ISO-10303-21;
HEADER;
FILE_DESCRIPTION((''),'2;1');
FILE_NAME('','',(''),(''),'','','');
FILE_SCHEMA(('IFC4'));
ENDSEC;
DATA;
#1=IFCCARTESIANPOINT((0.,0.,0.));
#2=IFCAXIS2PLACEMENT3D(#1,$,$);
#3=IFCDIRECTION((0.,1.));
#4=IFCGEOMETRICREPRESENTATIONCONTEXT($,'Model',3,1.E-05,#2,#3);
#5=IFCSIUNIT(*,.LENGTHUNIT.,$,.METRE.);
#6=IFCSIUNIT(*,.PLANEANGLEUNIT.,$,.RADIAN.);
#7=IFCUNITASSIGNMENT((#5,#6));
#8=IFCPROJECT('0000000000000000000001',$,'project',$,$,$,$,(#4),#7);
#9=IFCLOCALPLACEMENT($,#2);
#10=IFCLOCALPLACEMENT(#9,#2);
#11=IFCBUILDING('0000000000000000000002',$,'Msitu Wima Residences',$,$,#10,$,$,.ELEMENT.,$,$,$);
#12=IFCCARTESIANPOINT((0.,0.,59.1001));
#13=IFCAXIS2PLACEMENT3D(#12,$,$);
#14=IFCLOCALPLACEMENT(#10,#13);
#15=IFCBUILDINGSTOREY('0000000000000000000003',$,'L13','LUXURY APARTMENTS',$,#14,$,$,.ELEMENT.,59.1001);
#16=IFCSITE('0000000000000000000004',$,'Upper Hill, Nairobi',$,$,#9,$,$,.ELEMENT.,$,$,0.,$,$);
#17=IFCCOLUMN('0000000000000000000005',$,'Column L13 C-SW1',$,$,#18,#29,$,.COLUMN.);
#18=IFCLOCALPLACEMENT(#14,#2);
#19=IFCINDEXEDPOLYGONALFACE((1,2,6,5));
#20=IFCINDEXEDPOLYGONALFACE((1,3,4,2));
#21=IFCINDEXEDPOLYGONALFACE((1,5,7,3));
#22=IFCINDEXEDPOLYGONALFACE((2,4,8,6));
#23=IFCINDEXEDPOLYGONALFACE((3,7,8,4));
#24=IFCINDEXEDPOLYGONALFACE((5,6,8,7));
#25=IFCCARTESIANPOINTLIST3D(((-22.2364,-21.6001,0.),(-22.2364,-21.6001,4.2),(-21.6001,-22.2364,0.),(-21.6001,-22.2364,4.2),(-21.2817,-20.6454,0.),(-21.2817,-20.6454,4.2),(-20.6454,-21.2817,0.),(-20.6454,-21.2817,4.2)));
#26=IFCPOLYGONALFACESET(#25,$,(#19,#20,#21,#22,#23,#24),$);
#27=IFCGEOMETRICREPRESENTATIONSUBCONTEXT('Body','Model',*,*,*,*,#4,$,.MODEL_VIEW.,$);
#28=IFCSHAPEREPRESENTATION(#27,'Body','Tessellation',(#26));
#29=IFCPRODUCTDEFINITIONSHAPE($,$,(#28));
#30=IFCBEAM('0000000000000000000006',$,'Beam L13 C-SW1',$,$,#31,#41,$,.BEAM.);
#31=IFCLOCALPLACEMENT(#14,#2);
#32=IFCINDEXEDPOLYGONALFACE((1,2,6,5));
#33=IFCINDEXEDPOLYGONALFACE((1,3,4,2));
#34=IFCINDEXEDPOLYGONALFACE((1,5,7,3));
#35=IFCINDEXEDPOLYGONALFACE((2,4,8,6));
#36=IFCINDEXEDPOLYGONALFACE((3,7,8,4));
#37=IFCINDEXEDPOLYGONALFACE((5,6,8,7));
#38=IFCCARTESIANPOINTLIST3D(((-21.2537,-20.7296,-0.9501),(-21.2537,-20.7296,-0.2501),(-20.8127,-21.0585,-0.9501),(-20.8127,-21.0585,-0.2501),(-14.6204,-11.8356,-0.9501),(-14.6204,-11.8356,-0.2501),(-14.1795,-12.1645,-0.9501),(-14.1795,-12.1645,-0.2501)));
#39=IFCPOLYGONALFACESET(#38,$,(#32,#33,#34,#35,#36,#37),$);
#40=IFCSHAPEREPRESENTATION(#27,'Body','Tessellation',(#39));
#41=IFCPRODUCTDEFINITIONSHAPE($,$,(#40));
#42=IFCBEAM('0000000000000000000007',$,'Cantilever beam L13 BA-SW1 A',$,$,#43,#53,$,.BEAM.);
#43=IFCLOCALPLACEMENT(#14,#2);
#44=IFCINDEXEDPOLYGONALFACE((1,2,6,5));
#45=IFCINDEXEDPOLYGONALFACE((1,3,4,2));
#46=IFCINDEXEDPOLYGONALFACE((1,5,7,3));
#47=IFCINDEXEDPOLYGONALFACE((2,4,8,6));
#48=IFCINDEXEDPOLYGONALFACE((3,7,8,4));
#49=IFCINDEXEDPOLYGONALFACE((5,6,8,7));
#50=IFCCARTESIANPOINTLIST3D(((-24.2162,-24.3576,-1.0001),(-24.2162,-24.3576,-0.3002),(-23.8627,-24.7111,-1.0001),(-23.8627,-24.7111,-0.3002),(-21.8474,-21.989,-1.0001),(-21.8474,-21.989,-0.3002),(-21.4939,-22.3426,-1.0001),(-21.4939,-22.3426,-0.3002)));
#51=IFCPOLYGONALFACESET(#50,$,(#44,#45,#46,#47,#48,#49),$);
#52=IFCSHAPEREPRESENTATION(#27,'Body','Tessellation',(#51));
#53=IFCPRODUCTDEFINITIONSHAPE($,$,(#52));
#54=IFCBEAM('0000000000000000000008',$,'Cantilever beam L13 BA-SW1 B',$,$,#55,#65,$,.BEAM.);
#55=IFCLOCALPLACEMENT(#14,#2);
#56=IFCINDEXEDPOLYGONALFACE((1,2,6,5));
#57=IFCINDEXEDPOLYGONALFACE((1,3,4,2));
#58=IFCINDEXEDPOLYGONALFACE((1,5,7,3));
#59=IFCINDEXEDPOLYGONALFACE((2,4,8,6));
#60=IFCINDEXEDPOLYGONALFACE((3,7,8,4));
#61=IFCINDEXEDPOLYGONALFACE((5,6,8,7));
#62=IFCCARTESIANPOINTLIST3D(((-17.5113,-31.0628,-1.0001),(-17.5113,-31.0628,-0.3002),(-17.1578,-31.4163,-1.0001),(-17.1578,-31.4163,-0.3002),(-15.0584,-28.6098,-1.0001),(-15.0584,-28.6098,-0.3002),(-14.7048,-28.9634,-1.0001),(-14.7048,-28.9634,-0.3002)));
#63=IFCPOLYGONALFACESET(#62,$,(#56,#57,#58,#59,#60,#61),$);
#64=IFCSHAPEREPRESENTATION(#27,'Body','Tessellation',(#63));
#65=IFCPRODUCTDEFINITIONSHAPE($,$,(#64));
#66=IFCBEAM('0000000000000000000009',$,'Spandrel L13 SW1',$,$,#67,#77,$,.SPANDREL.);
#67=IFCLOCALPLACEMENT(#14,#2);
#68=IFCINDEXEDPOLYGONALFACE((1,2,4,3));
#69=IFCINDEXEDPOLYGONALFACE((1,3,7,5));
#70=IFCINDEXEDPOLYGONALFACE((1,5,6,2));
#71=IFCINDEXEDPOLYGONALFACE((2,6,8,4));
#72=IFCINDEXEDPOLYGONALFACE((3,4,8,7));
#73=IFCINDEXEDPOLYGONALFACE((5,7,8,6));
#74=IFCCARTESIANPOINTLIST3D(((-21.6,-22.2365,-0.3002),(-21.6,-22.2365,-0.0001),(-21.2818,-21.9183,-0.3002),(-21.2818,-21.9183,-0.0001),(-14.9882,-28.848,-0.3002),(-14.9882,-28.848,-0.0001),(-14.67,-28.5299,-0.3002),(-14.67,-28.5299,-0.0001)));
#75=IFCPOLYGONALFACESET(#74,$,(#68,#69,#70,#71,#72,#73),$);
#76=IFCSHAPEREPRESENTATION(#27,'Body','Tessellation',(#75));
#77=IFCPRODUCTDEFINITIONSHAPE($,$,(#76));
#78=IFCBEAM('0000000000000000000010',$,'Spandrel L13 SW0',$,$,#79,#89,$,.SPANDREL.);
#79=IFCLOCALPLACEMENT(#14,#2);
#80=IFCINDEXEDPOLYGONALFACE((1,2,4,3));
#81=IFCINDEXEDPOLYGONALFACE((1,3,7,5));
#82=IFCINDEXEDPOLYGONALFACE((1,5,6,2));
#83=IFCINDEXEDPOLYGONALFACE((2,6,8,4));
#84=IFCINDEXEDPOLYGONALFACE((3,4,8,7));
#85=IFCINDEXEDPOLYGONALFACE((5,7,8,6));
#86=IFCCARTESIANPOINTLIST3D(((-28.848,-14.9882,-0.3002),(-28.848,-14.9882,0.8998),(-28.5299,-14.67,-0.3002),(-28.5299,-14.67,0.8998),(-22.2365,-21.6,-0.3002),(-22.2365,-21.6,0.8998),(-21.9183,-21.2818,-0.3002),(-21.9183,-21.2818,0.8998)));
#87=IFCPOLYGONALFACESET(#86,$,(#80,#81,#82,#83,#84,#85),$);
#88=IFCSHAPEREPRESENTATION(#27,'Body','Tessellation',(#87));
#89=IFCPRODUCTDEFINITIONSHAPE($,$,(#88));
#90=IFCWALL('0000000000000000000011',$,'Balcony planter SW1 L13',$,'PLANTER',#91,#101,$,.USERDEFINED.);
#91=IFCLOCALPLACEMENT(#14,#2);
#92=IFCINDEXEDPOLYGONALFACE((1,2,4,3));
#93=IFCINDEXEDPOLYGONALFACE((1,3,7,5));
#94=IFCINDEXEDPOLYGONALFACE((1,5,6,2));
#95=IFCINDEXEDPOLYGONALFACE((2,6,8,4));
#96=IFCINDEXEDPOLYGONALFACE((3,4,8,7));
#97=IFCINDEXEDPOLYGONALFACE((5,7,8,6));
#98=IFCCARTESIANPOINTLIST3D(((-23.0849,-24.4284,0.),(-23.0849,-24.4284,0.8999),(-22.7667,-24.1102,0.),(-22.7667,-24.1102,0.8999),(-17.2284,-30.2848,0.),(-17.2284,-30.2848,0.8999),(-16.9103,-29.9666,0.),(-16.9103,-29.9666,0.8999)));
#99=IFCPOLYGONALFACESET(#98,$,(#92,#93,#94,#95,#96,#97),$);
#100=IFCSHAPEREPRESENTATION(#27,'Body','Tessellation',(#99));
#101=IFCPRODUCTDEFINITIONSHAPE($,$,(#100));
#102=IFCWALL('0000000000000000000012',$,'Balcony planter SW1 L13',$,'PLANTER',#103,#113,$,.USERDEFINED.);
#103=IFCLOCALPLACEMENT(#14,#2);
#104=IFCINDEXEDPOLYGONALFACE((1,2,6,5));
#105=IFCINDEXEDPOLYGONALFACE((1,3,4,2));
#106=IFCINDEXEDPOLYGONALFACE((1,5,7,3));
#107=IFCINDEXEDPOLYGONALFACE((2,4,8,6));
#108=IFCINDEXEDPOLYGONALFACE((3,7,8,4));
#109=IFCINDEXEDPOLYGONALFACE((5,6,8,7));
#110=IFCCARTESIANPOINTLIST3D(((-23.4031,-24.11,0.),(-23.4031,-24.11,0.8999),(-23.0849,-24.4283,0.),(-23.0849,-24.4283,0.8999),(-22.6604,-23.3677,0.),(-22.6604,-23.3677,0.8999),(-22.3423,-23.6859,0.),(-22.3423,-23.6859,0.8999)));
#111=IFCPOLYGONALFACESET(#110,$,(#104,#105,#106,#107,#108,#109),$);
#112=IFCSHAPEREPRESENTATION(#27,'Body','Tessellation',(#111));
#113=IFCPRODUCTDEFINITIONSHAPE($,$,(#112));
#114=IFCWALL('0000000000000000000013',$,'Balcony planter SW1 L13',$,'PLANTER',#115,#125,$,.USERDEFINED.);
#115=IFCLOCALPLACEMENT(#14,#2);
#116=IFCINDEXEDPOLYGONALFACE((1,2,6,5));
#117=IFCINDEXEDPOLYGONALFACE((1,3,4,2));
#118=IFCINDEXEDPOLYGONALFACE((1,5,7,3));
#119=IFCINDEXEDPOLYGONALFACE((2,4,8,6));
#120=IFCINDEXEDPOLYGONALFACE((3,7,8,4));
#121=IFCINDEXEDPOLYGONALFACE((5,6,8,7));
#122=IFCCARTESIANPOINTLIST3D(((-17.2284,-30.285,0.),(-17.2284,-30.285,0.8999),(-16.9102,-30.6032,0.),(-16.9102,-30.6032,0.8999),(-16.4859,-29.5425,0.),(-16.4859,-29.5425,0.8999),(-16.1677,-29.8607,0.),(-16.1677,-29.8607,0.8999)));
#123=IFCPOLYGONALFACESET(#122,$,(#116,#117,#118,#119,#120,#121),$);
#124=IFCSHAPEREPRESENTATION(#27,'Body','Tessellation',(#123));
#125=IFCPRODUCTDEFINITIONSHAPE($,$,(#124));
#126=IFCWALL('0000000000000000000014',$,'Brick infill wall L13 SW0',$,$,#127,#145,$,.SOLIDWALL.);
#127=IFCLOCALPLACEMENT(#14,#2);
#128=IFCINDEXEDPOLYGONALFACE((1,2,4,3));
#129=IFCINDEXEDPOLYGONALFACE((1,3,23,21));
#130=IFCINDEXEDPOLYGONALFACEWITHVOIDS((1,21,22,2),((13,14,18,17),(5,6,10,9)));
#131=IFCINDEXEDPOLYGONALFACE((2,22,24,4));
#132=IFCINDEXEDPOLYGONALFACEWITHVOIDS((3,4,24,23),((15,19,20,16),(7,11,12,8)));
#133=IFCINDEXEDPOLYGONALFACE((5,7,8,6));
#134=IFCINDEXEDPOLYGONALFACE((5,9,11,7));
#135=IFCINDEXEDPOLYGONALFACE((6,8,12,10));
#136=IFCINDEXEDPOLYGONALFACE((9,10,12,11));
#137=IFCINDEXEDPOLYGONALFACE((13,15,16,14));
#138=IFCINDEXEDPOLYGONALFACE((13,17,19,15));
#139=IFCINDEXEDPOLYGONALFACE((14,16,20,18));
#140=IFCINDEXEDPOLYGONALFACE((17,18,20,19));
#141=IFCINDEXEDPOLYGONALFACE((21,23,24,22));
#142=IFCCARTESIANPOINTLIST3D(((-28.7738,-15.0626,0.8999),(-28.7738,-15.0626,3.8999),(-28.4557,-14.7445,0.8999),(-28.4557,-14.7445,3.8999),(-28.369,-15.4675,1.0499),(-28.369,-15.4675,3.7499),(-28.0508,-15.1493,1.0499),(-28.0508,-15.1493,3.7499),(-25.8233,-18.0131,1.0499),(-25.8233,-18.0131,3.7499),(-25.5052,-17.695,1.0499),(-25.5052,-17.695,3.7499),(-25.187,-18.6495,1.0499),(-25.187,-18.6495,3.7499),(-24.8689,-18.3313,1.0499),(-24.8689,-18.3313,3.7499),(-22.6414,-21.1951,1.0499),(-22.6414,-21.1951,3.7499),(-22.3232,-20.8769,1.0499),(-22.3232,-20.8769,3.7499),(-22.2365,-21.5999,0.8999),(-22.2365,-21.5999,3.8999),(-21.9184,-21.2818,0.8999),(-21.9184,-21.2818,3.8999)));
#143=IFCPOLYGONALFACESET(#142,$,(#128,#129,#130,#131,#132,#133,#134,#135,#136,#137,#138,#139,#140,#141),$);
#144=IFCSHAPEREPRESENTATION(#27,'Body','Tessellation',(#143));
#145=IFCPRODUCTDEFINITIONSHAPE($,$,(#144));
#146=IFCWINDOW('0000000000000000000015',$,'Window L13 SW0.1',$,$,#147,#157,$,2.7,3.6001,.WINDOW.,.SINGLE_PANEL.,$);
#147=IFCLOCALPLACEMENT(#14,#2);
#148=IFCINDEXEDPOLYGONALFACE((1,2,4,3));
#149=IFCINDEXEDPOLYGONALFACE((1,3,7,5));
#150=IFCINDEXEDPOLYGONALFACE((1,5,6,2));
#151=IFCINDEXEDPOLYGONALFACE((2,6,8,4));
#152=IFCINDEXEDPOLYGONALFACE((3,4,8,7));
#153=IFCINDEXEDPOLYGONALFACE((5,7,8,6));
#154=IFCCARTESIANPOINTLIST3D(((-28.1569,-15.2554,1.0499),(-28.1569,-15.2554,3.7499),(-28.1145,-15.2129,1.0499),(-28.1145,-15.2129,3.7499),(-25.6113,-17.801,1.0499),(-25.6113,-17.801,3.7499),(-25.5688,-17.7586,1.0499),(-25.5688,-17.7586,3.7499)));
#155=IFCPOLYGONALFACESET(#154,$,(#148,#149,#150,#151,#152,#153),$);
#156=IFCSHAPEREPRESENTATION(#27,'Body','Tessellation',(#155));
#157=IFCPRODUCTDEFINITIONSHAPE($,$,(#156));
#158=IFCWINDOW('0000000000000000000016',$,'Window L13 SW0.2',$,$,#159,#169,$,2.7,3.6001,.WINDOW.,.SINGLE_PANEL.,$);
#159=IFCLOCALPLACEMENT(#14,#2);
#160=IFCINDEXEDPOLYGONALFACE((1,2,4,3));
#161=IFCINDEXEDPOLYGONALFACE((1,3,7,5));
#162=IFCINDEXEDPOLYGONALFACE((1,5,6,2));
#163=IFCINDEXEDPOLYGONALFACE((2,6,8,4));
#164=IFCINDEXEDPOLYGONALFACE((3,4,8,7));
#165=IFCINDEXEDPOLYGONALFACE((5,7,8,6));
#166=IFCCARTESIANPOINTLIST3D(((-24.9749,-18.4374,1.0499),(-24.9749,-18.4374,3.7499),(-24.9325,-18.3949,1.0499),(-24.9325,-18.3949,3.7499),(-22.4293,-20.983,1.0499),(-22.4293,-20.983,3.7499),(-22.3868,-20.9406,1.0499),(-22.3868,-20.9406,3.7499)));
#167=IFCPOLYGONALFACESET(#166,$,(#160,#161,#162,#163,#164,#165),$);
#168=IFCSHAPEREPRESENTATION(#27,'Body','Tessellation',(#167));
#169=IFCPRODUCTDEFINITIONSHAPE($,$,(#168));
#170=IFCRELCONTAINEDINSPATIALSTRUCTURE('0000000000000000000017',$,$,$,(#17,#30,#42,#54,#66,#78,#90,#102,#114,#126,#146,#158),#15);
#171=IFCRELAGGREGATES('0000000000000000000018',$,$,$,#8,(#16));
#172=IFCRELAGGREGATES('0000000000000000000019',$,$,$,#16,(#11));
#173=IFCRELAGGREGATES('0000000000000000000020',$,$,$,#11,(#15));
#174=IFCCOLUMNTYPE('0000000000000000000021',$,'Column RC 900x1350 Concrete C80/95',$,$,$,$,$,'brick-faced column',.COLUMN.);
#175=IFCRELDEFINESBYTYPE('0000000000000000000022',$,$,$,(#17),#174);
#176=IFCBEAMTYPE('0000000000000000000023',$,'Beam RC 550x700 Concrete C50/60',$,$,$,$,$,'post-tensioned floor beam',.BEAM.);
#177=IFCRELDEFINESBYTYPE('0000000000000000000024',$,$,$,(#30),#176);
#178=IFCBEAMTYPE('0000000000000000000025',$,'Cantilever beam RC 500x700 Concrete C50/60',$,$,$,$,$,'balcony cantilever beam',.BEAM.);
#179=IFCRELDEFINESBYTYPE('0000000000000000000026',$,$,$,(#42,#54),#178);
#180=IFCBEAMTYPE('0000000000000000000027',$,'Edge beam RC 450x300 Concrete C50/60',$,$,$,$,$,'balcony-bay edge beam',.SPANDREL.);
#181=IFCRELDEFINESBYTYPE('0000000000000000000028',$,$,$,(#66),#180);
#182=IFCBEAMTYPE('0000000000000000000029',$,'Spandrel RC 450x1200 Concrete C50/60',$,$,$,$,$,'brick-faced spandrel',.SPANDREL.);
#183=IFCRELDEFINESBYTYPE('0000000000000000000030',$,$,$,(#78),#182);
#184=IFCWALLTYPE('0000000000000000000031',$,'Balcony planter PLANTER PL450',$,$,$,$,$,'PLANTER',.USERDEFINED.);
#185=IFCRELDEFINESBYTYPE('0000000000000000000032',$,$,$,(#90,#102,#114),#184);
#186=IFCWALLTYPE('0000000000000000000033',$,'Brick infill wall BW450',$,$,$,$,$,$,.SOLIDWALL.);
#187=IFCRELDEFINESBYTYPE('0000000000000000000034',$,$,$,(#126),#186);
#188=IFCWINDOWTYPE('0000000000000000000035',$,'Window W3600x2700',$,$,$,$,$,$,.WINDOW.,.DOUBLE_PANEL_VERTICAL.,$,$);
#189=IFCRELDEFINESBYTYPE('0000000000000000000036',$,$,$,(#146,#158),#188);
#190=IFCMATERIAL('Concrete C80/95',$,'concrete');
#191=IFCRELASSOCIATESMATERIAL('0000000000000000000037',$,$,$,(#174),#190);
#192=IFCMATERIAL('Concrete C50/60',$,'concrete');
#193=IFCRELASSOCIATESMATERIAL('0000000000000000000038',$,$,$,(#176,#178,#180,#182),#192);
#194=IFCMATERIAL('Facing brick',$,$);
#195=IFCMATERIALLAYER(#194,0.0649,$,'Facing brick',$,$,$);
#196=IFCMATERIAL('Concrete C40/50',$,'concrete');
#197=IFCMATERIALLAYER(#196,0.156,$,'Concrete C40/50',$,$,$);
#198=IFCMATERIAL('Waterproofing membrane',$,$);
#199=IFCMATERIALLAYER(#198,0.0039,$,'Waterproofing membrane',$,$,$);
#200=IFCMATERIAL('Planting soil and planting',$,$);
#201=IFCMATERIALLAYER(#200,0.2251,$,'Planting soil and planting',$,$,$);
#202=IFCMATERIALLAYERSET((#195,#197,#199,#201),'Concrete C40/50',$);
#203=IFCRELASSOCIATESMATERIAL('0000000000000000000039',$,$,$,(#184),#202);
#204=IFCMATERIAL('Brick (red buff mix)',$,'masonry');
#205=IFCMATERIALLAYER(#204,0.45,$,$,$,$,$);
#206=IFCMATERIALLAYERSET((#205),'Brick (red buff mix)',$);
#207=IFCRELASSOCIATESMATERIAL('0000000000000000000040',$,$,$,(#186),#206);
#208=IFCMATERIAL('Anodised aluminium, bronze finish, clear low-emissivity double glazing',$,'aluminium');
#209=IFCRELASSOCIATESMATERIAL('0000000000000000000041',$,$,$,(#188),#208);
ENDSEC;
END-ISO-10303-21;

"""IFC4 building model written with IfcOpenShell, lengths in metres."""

from ifc_helpers import new_model, si_unit, direction, frame, frame_2d, origin, origin_2d, place, context, subcontext, project, spatial, rectangle, extrude, material, layer, layer_set, material_profile, profile_set, type_object, element, fill, save


model = new_model("IFC4")

# Units and contexts
model_context = context("Model", 3, precision=1e-05, world=origin(), true_north=direction((0.0, 1.0)))
body_context = subcontext(model_context, "Body", "Model", "MODEL_VIEW")
ifc_project = project(units=[si_unit("LENGTHUNIT", "METRE"), si_unit("PLANEANGLEUNIT", "RADIAN")], contexts=[model_context])

# Site, building, storey
site_placement = place(None, origin())
site = spatial("IfcSite", under=ifc_project, at=site_placement, Name="Upper Hill, Nairobi", CompositionType="ELEMENT", RefElevation=0.0)
building_placement = place(site_placement, origin())
building = spatial("IfcBuilding", under=site, at=building_placement, Name="Msitu Wima Residences", CompositionType="ELEMENT")
storey_placement = place(building_placement, frame((0.0, 0.0, 59.1001)))
storey = spatial("IfcBuildingStorey", under=building, at=storey_placement, Name="L13", Description="LUXURY APARTMENTS", CompositionType="ELEMENT", Elevation=59.1001)

# Column
ifc_material_1 = material(Name="Concrete C80/95", Category="concrete")
ifc_material_profile_1 = material_profile(ifc_material_1, rectangle(XDim=0.8999, YDim=1.3501, at=origin_2d()), Name="RC 900x1350")
ifc_profile_set_1 = profile_set([ifc_material_profile_1], Name="Concrete C80/95")
column_type = type_object("IfcColumnType", Name="Column RC 900x1350 Concrete C80/95", ElementType="brick-faced column", PredefinedType="COLUMN", material=ifc_profile_set_1)
column_placement = place(storey_placement, frame((-21.4409, -21.4409, 0.0), z_axis=(0.0, 0.0, 1.0), x_axis=(0.707107, -0.707107, 0.0)))
element("IfcColumn", 1, at=column_placement, inside=storey, type_object=column_type, Name="Column L13 C-SW1", PredefinedType="COLUMN", context=body_context, shape_type="SweptSolid", body=[
    extrude(rectangle(XDim=0.8999, YDim=1.3501, at=origin_2d()), origin(), (0.0, 0.0, 1.0), 4.2),
])

# Beams
ifc_material_2 = material(Name="Concrete C50/60", Category="concrete")
ifc_material_profile_2 = material_profile(ifc_material_2, rectangle(XDim=0.55, YDim=0.7, at=origin_2d()), Name="RC 550x700")
ifc_profile_set_2 = profile_set([ifc_material_profile_2], Name="Concrete C50/60")
beam_type_1 = type_object("IfcBeamType", Name="Beam RC 550x700 Concrete C50/60", ElementType="post-tensioned floor beam", PredefinedType="BEAM", material=ifc_profile_set_2)
beam_1_placement = place(storey_placement, frame((-21.0332, -20.894, -0.6001), z_axis=(0.59785, 0.801608, 0.0), x_axis=(-0.801608, 0.59785, 0.0)))
element("IfcBeam", 2, at=beam_1_placement, inside=storey, type_object=beam_type_1, Name="Beam L13 C-SW1", PredefinedType="BEAM", context=body_context, shape_type="SweptSolid", body=[
    extrude(rectangle(XDim=0.55, YDim=0.7, at=origin_2d()), origin(), (0.0, 0.0, 1.0), 11.0952),
])
ifc_material_profile_3 = material_profile(ifc_material_2, rectangle(XDim=0.5, YDim=0.7, at=origin_2d()), Name="RC 500x700")
ifc_profile_set_3 = profile_set([ifc_material_profile_3], Name="Concrete C50/60")
beam_type_2 = type_object("IfcBeamType", Name="Cantilever beam RC 500x700 Concrete C50/60", ElementType="balcony cantilever beam", PredefinedType="BEAM", material=ifc_profile_set_3)
beam_2_placement = place(storey_placement, frame((-21.6707, -22.1658, -0.6501), z_axis=(-0.707143, -0.70707, 0.0), x_axis=(0.70707, -0.707143, 0.0)))
element("IfcBeam", 3, at=beam_2_placement, inside=storey, type_object=beam_type_2, Name="Cantilever beam L13 BA-SW1 A", PredefinedType="BEAM", context=body_context, shape_type="SweptSolid", body=[
    extrude(rectangle(XDim=0.5, YDim=0.7, at=origin_2d()), origin(), (0.0, 0.0, 1.0), 3.3499),
])
beam_3_placement = place(storey_placement, frame((-14.8816, -28.7866, -0.6501), z_axis=(-0.707107, -0.707107, 0.0), x_axis=(0.707107, -0.707107, 0.0)))
element("IfcBeam", 4, at=beam_3_placement, inside=storey, type_object=beam_type_2, Name="Cantilever beam L13 BA-SW1 B", PredefinedType="BEAM", context=body_context, shape_type="SweptSolid", body=[
    extrude(rectangle(XDim=0.5, YDim=0.7, at=origin_2d()), origin(), (0.0, 0.0, 1.0), 3.469),
])
ifc_material_profile_4 = material_profile(ifc_material_2, rectangle(XDim=0.45, YDim=0.3, at=origin_2d()), Name="RC 450x300")
ifc_profile_set_4 = profile_set([ifc_material_profile_4], Name="Concrete C50/60")
beam_type_3 = type_object("IfcBeamType", Name="Edge beam RC 450x300 Concrete C50/60", ElementType="balcony-bay edge beam", PredefinedType="SPANDREL", material=ifc_profile_set_4)
beam_4_placement = place(storey_placement, frame((-21.4409, -22.0774, -0.1501), z_axis=(0.70712, -0.707094, 0.0), x_axis=(0.707094, 0.70712, 0.0)))
element("IfcBeam", 5, at=beam_4_placement, inside=storey, type_object=beam_type_3, Name="Spandrel L13 SW1", PredefinedType="SPANDREL", context=body_context, shape_type="SweptSolid", body=[
    extrude(rectangle(XDim=0.45, YDim=0.3, at=origin_2d()), origin(), (0.0, 0.0, 1.0), 9.3503),
])
ifc_material_profile_5 = material_profile(ifc_material_2, rectangle(XDim=0.45, YDim=1.2, at=origin_2d()), Name="RC 450x1200")
ifc_profile_set_5 = profile_set([ifc_material_profile_5], Name="Concrete C50/60")
beam_type_4 = type_object("IfcBeamType", Name="Spandrel RC 450x1200 Concrete C50/60", ElementType="brick-faced spandrel", PredefinedType="SPANDREL", material=ifc_profile_set_5)
beam_5_placement = place(storey_placement, frame((-28.689, -14.8291, 0.2998), z_axis=(0.707094, -0.70712, 0.0), x_axis=(0.70712, 0.707094, 0.0)))
element("IfcBeam", 6, at=beam_5_placement, inside=storey, type_object=beam_type_4, Name="Spandrel L13 SW0", PredefinedType="SPANDREL", context=body_context, shape_type="SweptSolid", body=[
    extrude(rectangle(XDim=0.45, YDim=1.2, at=origin_2d()), origin(), (0.0, 0.0, 1.0), 9.3503),
])

# Walls
ifc_material_3 = material(Name="Facing brick")
ifc_layer_1 = layer(ifc_material_3, 0.0649, Name="Facing brick")
ifc_material_4 = material(Name="Concrete C40/50", Category="concrete")
ifc_layer_2 = layer(ifc_material_4, 0.156, Name="Concrete C40/50")
ifc_material_5 = material(Name="Waterproofing membrane")
ifc_layer_3 = layer(ifc_material_5, 0.0039, Name="Waterproofing membrane")
ifc_material_6 = material(Name="Planting soil and planting")
ifc_layer_4 = layer(ifc_material_6, 0.2251, Name="Planting soil and planting")
ifc_layer_set_1 = layer_set([ifc_layer_1, ifc_layer_2, ifc_layer_3, ifc_layer_4], Name="Concrete C40/50")
wall_type_1 = type_object("IfcWallType", Name="Balcony planter PLANTER PL450", ElementType="PLANTER", PredefinedType="USERDEFINED", material=ifc_layer_set_1)
wall_1_placement = place(storey_placement, frame((-22.9258, -24.2693, 0.0), z_axis=(0.0, 0.0, 1.0), x_axis=(0.707107, -0.707107, 0.0)))
element("IfcWall", 7, at=wall_1_placement, inside=storey, type_object=wall_type_1, Name="Balcony planter SW1 L13", ObjectType="PLANTER", PredefinedType="USERDEFINED", context=body_context, shape_type="SweptSolid", body=[
    extrude(rectangle(XDim=8.2822, YDim=0.45, at=frame_2d((4.1411, 0.0))), origin(), (0.0, 0.0, 1.0), 0.8999),
])
for number, where, z_axis, x_axis, name in (
    (8, (-22.5015, -23.5269, 0.0), (0.0, 0.0, 1.0), (-0.707223, -0.706991, 0.0), "Balcony planter SW1 L13"),
    (9, (-16.3269, -29.7017, 0.0), (0.0, 0.0, 1.0), (-0.707107, -0.707107, 0.0), "Balcony planter SW1 L13"),
):
    element("IfcWall", number, at=place(storey_placement, frame(where, z_axis=z_axis, x_axis=x_axis)), inside=storey, type_object=wall_type_1, Name=name, ObjectType="PLANTER", PredefinedType="USERDEFINED", context=body_context, shape_type="SweptSolid", body=[
        extrude(rectangle(XDim=1.05, YDim=0.45, at=frame_2d((0.5249, 0.0))), origin(), (0.0, 0.0, 1.0), 0.8999),
    ])

# Wall, openings, windows
ifc_material_7 = material(Name="Brick (red buff mix)", Category="masonry")
ifc_layer_5 = layer(ifc_material_7, 0.45)
ifc_layer_set_2 = layer_set([ifc_layer_5], Name="Brick (red buff mix)")
wall_type_2 = type_object("IfcWallType", Name="Brick infill wall BW450", PredefinedType="SOLIDWALL", material=ifc_layer_set_2)
wall_2_placement = place(storey_placement, frame((-28.6147, -14.9036, 0.8999), z_axis=(0.0, 0.0, 1.0), x_axis=(0.707107, -0.707107, 0.0)))
wall_2 = element("IfcWall", 10, at=wall_2_placement, inside=storey, type_object=wall_type_2, Name="Brick infill wall L13 SW0", PredefinedType="SOLIDWALL", context=body_context, shape_type="SweptSolid", body=[
    extrude(rectangle(XDim=9.2451, YDim=0.45, at=frame_2d((4.6226, 0.0))), origin(), (0.0, 0.0, 1.0), 3.0),
])
opening_1_placement = place(wall_2_placement, frame((0.5725, 0.0, 0.1499)))
opening_1 = element("IfcOpeningElement", 11, at=opening_1_placement, cuts=wall_2, PredefinedType="OPENING", context=body_context, shape_type="SweptSolid", body=[
    extrude(rectangle(XDim=3.6001, YDim=2.7, at=frame_2d((1.8, 1.3501))), frame((0.0, 0.2349, 0.0), z_axis=(0.0, -1.0, 0.0), x_axis=(1.0, 0.0, 0.0)), (0.0, 0.0, 1.0), 0.47),
])
opening_2_placement = place(wall_2_placement, frame((5.0725, 0.0, 0.1499)))
opening_2 = element("IfcOpeningElement", 12, at=opening_2_placement, cuts=wall_2, PredefinedType="OPENING", context=body_context, shape_type="SweptSolid", body=[
    extrude(rectangle(XDim=3.6001, YDim=2.7, at=frame_2d((1.8, 1.3501))), frame((0.0, 0.2349, 0.0), z_axis=(0.0, -1.0, 0.0), x_axis=(1.0, 0.0, 0.0)), (0.0, 0.0, 1.0), 0.47),
])
ifc_material_8 = material(Name="Anodised aluminium, bronze finish, clear low-emissivity double glazing", Category="aluminium")
window_type = type_object("IfcWindowType", Name="Window W3600x2700", PartitioningType="DOUBLE_PANEL_VERTICAL", PredefinedType="WINDOW", material=ifc_material_8)
window_1_placement = place(opening_1_placement, origin())
window_1 = element("IfcWindow", 13, at=window_1_placement, inside=storey, type_object=window_type, Name="Window L13 SW0.1", OverallHeight=2.7, OverallWidth=3.6001, PartitioningType="SINGLE_PANEL", PredefinedType="WINDOW", context=body_context, shape_type="SweptSolid", body=[
    extrude(rectangle(XDim=3.6001, YDim=2.7, at=frame_2d((1.8, 1.3501))), frame((0.0, 0.135, 0.0), z_axis=(0.0, -1.0, 0.0), x_axis=(1.0, 0.0, 0.0)), (0.0, 0.0, 1.0), 0.0601),
])
fill(opening_1, window_1)
window_2_placement = place(opening_2_placement, origin())
window_2 = element("IfcWindow", 14, at=window_2_placement, inside=storey, type_object=window_type, Name="Window L13 SW0.2", OverallHeight=2.7, OverallWidth=3.6001, PartitioningType="SINGLE_PANEL", PredefinedType="WINDOW", context=body_context, shape_type="SweptSolid", body=[
    extrude(rectangle(XDim=3.6001, YDim=2.7, at=frame_2d((1.8, 1.3501))), frame((0.0, 0.135, 0.0), z_axis=(0.0, -1.0, 0.0), x_axis=(1.0, 0.0, 0.0)), (0.0, 0.0, 1.0), 0.0601),
])
fill(opening_2, window_2)

save(model, "model.ifc")
